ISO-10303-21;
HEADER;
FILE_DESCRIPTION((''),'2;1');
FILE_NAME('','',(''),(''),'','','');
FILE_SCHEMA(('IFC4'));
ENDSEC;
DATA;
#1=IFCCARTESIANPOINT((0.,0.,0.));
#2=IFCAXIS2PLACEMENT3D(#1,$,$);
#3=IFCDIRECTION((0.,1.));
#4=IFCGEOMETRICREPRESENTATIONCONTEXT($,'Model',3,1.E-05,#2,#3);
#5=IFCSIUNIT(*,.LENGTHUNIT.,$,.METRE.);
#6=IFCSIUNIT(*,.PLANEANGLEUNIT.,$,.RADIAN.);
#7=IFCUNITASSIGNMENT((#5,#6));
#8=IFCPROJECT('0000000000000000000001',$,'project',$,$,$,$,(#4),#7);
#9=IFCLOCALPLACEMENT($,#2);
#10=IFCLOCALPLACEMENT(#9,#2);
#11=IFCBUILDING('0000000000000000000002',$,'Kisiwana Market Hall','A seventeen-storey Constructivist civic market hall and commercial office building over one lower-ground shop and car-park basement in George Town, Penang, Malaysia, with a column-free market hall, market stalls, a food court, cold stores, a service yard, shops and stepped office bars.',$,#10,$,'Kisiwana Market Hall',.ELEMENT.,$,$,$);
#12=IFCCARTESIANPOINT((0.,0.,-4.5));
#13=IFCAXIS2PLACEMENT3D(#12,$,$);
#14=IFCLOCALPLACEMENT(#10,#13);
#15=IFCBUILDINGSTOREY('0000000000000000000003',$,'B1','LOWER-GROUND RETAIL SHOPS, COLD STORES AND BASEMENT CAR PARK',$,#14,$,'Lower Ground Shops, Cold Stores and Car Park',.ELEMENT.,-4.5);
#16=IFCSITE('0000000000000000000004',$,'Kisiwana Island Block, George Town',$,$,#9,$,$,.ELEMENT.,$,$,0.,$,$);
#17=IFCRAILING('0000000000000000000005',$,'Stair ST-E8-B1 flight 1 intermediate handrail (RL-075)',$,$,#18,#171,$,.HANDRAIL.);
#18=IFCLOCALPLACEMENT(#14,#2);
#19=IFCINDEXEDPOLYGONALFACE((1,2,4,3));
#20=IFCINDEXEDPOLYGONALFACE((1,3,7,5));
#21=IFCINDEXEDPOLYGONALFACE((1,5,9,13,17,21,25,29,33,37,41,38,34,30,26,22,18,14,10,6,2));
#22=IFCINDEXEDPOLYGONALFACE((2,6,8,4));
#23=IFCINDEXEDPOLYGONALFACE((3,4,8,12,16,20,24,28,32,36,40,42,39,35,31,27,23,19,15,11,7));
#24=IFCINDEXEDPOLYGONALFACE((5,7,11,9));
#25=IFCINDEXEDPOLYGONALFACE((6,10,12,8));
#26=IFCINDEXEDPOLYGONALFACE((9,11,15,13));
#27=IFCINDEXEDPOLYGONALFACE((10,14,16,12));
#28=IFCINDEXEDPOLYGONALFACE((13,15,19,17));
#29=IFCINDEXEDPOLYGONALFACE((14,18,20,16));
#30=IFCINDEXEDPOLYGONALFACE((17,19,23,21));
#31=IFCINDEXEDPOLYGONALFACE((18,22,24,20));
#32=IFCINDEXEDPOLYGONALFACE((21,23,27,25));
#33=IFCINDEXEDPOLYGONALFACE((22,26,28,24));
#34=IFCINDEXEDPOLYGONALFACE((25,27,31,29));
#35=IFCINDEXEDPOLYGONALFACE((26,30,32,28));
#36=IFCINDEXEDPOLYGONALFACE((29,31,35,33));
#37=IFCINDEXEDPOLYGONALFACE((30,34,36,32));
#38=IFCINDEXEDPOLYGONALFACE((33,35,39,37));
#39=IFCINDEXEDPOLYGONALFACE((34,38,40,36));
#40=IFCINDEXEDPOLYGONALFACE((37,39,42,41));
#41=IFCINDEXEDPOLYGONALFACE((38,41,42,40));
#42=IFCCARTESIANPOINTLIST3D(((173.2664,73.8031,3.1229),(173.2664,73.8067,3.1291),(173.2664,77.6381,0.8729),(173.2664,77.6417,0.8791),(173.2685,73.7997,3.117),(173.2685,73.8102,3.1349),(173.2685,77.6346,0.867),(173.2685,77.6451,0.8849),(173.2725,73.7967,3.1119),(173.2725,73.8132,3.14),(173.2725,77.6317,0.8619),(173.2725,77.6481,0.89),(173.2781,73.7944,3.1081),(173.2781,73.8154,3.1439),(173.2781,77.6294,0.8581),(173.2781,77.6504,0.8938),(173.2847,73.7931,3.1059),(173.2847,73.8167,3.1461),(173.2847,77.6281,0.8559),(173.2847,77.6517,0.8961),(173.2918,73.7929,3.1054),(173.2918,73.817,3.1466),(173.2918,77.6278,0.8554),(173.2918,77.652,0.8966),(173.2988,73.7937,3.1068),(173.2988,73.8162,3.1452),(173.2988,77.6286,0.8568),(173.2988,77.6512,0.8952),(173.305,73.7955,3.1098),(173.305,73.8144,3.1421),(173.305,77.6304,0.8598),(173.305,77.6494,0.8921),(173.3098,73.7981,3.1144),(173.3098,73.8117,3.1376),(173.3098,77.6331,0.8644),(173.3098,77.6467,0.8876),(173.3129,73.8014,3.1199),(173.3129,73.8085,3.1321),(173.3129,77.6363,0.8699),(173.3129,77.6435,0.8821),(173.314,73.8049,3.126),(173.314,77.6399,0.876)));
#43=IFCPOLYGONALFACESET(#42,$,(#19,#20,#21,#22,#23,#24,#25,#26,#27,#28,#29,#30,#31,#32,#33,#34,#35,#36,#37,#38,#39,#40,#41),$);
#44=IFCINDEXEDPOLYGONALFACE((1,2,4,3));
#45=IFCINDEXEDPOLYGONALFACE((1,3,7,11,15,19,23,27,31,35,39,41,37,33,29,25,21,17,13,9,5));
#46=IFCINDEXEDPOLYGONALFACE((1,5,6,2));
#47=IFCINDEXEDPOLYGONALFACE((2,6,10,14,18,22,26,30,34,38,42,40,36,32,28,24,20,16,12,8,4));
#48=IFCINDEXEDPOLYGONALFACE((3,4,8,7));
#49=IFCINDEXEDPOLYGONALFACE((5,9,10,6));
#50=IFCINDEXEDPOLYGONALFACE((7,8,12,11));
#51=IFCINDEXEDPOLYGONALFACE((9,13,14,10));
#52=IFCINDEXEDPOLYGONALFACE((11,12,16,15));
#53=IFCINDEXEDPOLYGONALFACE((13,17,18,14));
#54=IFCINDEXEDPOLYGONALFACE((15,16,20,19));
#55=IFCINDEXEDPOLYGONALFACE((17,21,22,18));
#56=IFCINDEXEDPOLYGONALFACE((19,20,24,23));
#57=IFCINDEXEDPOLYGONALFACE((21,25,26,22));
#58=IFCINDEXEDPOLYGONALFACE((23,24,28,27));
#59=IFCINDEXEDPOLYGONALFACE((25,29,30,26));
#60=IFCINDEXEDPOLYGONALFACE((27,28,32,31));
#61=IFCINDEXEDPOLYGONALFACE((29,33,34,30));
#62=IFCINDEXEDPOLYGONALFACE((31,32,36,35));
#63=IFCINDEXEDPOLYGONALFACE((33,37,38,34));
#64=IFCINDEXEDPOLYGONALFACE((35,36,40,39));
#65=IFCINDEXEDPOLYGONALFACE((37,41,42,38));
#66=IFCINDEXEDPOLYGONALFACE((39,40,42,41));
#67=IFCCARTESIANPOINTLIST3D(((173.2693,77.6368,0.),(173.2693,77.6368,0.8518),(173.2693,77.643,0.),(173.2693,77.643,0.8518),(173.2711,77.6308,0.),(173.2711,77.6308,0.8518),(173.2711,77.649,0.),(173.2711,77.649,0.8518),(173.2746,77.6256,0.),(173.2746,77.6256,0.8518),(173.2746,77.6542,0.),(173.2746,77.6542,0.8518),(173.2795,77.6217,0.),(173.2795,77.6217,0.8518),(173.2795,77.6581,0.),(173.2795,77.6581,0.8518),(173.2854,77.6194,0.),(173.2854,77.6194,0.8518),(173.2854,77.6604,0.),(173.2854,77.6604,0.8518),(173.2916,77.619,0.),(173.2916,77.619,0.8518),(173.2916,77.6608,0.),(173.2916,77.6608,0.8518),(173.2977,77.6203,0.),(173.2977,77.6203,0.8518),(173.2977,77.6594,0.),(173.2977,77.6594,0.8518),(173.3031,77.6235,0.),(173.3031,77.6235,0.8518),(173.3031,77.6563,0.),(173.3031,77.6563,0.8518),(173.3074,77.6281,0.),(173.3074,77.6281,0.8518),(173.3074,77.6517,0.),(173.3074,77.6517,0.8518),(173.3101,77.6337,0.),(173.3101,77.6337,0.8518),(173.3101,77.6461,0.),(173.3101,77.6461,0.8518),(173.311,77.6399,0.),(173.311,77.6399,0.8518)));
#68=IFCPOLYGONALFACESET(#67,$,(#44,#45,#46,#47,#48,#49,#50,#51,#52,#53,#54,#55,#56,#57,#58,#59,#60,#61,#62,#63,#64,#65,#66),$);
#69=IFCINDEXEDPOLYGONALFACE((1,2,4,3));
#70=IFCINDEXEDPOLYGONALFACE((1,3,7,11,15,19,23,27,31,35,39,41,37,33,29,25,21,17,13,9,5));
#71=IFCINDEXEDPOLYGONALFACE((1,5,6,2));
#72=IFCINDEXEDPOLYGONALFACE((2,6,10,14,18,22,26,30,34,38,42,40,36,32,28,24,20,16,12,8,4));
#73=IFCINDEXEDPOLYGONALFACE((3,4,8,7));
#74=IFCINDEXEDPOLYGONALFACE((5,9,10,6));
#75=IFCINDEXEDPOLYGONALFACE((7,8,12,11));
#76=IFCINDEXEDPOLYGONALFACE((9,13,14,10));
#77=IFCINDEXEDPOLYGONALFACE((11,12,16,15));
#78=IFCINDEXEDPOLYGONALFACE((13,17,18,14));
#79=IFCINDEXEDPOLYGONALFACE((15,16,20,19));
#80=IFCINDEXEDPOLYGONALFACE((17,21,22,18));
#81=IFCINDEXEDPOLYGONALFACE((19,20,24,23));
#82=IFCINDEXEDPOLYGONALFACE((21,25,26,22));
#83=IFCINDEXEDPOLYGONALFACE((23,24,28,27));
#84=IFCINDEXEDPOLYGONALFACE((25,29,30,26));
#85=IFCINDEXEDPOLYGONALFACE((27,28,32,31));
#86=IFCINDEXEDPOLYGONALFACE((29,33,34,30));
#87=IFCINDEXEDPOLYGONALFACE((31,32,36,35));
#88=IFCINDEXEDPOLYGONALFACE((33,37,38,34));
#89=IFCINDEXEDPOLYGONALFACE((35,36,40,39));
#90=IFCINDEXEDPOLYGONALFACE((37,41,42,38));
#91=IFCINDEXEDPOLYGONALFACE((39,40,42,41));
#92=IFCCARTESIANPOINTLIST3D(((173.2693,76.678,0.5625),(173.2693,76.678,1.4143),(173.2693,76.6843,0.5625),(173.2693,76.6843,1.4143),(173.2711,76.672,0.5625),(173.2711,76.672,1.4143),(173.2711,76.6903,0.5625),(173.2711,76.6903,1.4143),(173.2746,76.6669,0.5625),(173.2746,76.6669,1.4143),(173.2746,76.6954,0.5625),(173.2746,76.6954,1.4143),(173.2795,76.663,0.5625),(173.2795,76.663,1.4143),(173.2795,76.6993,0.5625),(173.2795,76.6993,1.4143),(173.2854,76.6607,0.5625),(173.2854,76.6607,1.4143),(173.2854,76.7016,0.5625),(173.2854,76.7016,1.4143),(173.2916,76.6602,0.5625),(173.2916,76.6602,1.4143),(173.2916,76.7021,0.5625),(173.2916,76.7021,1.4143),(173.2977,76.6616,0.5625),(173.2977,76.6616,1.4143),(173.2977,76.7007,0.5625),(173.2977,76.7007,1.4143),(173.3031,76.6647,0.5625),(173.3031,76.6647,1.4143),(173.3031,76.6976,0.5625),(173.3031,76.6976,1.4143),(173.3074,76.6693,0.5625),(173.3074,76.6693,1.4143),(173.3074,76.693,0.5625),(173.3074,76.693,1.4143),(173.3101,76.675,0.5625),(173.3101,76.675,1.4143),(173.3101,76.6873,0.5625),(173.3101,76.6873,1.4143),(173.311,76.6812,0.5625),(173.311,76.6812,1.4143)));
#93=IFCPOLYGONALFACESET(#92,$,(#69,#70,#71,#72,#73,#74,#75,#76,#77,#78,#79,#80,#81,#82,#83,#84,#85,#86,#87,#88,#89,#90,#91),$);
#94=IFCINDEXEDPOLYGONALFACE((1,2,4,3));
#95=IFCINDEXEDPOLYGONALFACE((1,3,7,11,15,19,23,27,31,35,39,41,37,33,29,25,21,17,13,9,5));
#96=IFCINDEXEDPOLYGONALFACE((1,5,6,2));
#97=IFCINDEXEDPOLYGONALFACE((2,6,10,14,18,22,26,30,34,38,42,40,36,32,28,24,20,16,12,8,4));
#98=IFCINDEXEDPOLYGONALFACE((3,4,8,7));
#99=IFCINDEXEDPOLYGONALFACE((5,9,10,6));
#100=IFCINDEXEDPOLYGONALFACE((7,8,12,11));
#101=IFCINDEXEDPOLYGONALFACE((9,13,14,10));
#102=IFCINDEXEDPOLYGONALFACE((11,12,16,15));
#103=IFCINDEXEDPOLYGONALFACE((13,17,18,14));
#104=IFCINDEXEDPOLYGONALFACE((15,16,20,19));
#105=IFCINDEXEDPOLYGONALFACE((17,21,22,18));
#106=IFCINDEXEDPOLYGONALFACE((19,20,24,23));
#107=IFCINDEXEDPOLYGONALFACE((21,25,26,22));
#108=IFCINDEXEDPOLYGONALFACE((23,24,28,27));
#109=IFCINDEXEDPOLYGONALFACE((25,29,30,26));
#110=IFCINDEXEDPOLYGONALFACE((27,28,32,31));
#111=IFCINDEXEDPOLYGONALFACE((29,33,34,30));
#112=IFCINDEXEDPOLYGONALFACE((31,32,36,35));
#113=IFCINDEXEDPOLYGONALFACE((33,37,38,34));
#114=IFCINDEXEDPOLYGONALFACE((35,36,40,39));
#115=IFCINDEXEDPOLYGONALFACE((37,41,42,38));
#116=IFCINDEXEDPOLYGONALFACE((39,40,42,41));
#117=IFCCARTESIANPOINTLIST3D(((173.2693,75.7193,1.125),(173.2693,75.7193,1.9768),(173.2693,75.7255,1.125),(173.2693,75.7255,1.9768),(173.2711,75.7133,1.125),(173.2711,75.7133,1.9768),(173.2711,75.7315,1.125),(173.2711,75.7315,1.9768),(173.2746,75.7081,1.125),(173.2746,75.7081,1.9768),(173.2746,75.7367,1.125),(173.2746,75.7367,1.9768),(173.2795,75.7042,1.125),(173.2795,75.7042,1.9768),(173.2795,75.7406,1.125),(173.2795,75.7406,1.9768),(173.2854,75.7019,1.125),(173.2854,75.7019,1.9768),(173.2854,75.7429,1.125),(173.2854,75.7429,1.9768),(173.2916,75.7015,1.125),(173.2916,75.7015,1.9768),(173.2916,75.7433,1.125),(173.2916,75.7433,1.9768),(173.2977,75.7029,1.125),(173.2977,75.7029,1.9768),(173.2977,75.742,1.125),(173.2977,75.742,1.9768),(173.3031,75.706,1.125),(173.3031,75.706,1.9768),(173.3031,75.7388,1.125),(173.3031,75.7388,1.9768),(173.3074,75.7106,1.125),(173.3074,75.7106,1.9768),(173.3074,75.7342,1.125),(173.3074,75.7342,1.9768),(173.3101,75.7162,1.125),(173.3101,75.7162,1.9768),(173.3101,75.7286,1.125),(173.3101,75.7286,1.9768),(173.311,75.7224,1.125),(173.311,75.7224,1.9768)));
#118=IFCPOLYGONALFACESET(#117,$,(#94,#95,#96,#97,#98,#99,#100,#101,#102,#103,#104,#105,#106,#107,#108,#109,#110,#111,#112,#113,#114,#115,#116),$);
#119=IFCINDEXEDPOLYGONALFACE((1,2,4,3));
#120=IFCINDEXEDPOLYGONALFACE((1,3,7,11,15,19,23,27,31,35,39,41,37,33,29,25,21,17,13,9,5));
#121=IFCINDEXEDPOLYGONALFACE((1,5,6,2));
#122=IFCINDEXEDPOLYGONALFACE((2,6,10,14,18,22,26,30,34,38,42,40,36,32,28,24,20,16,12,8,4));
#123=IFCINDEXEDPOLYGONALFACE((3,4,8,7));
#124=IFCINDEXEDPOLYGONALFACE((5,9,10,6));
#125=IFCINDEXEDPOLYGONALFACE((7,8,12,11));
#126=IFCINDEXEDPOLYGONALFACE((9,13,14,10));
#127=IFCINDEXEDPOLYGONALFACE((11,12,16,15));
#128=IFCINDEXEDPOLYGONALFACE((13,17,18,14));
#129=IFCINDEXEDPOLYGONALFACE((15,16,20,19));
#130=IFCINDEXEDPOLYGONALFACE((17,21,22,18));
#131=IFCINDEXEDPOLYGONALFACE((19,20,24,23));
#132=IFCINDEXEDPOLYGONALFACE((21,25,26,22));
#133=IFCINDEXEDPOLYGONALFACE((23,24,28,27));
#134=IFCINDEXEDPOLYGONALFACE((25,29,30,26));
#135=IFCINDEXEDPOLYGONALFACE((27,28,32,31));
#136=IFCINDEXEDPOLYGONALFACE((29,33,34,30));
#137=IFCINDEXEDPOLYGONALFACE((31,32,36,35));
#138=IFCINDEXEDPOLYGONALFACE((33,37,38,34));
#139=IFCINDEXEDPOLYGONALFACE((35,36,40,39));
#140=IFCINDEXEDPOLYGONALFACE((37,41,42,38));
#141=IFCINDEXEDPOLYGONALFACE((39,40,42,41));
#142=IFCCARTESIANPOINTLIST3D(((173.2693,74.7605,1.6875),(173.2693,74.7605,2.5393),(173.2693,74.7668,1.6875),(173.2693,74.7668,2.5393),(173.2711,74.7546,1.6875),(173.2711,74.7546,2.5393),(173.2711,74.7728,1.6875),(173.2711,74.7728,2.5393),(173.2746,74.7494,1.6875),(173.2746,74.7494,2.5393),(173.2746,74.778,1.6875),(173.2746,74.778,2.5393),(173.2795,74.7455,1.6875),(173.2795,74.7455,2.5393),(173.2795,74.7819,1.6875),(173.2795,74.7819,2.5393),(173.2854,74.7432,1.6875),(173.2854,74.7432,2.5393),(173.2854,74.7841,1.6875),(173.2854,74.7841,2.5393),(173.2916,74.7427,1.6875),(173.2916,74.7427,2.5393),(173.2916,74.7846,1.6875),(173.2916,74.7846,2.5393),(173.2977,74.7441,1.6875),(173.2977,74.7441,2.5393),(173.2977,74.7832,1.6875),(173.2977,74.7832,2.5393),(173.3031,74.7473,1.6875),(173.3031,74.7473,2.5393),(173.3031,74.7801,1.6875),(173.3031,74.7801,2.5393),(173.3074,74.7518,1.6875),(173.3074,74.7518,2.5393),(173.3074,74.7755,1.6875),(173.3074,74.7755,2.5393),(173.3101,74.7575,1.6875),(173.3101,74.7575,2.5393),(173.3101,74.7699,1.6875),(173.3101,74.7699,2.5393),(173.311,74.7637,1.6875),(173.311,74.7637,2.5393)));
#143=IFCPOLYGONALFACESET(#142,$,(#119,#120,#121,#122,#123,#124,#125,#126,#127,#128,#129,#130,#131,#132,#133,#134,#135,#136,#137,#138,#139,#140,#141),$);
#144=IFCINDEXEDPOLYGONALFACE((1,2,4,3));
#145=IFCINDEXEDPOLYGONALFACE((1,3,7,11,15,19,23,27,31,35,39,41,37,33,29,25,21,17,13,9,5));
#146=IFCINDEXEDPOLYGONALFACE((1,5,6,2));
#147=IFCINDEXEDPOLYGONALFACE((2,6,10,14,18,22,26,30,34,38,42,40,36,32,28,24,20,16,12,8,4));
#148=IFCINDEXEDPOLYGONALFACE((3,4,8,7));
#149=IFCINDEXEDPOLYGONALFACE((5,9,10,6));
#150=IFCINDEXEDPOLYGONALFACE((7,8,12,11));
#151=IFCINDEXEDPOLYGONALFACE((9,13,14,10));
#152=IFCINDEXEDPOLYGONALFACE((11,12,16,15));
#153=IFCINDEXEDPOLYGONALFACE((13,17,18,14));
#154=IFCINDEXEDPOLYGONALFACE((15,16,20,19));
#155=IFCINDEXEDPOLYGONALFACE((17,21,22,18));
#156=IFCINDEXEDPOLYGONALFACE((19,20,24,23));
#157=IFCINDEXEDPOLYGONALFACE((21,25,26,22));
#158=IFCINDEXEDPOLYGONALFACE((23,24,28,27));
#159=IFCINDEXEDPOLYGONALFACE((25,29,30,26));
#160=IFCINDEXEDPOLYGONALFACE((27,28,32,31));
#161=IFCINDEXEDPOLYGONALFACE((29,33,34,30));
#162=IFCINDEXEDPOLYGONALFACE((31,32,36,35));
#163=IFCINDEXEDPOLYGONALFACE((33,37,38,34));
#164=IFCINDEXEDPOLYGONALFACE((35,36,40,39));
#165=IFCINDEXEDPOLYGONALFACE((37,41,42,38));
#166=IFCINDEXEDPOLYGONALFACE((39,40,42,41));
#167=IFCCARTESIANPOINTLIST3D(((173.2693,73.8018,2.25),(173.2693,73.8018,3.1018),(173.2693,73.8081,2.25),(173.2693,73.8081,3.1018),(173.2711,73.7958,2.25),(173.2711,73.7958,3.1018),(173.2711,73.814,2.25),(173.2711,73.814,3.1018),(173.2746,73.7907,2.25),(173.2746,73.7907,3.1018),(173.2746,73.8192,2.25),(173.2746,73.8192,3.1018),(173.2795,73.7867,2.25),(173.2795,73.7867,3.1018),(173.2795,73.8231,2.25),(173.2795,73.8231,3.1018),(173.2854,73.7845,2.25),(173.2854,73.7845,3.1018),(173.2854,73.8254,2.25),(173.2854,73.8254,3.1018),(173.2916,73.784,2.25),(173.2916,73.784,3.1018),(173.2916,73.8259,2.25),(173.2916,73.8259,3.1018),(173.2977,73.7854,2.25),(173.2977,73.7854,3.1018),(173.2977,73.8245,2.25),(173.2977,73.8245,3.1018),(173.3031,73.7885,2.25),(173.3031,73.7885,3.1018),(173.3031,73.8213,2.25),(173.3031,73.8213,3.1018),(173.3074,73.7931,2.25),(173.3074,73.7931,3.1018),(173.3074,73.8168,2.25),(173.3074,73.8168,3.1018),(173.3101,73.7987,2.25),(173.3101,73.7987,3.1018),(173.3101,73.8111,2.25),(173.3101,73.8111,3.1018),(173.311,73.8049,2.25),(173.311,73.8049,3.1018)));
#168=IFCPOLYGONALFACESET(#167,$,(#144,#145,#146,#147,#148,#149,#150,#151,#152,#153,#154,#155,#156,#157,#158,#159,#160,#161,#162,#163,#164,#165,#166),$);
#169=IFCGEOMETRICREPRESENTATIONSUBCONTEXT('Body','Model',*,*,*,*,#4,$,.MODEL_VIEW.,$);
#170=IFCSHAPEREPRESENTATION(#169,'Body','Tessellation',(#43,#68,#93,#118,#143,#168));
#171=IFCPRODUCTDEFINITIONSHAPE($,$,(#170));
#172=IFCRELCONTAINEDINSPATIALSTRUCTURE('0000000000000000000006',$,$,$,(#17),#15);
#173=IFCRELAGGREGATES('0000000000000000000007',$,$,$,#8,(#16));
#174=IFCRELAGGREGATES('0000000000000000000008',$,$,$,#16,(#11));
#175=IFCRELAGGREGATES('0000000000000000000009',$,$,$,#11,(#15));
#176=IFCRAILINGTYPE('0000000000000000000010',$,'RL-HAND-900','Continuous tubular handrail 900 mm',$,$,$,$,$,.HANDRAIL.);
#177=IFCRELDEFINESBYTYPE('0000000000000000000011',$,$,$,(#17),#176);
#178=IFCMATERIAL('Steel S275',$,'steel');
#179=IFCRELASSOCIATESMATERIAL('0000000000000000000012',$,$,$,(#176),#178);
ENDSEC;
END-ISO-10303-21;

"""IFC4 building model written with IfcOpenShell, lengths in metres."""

from ifc_helpers import new_model, si_unit, direction, frame, origin, origin_2d, place, context, subcontext, project, spatial, circle, extrude, material, type_object, element, save


model = new_model("IFC4")

# Units and contexts
model_context = context("Model", 3, precision=1e-05, world=origin(), true_north=direction((0.0, 1.0)))
body_context = subcontext(model_context, "Body", "Model", "MODEL_VIEW")
ifc_project = project(units=[si_unit("LENGTHUNIT", "METRE"), si_unit("PLANEANGLEUNIT", "RADIAN")], contexts=[model_context])

# Site, building, storey
site_placement = place(None, origin())
site = spatial("IfcSite", under=ifc_project, at=site_placement, Name="Kisiwana Island Block, George Town", CompositionType="ELEMENT", RefElevation=0.0)
building_placement = place(site_placement, origin())
building = spatial("IfcBuilding", under=site, at=building_placement, Name="Kisiwana Market Hall", Description="A seventeen-storey Constructivist civic market hall and commercial office building over one lower-ground shop and car-park basement in George Town, Penang, Malaysia, with a column-free market hall, market stalls, a food court, cold stores, a service yard, shops and stepped office bars.", LongName="Kisiwana Market Hall", CompositionType="ELEMENT")
storey_placement = place(building_placement, frame((0.0, 0.0, -4.5)))
storey = spatial("IfcBuildingStorey", under=building, at=storey_placement, Name="B1", Description="LOWER-GROUND RETAIL SHOPS, COLD STORES AND BASEMENT CAR PARK", LongName="Lower Ground Shops, Cold Stores and Car Park", CompositionType="ELEMENT", Elevation=-4.5)

# Railing
ifc_material_1 = material(Name="Steel S275", Category="steel")
railing_type_1 = type_object("IfcRailingType", Name="RL-HAND-900", Description="Continuous tubular handrail 900 mm", PredefinedType="HANDRAIL", material=ifc_material_1)
railing_1_placement = place(storey_placement, frame((173.29, 77.6399, 0.0)))
element("IfcRailing", 1, at=railing_1_placement, inside=storey, type_object=railing_type_1, Name="Stair ST-E8-B1 flight 1 intermediate handrail (RL-075)", PredefinedType="HANDRAIL", context=body_context, shape_type="SweptSolid", body=[
    extrude(circle(Radius=0.0239, at=origin_2d()), frame((0.0, 0.0, 0.876), z_axis=(0.0, -0.86251, 0.506041), x_axis=(1.0, 0.0, 0.0)), (0.0, 0.0, 1.0), 4.4463),
    extrude(circle(Radius=0.021, at=origin_2d()), origin(), (0.0, 0.0, 1.0), 0.8518),
    extrude(circle(Radius=0.021, at=origin_2d()), frame((0.0, -0.9587, 0.5625)), (0.0, 0.0, 1.0), 0.8518),
    extrude(circle(Radius=0.021, at=origin_2d()), frame((0.0, -1.9175, 1.125)), (0.0, 0.0, 1.0), 0.8518),
    extrude(circle(Radius=0.021, at=origin_2d()), frame((0.0, -2.8762, 1.6875)), (0.0, 0.0, 1.0), 0.8518),
    extrude(circle(Radius=0.021, at=origin_2d()), frame((0.0, -3.835, 2.25)), (0.0, 0.0, 1.0), 0.8518),
])

save(model, "model.ifc")
